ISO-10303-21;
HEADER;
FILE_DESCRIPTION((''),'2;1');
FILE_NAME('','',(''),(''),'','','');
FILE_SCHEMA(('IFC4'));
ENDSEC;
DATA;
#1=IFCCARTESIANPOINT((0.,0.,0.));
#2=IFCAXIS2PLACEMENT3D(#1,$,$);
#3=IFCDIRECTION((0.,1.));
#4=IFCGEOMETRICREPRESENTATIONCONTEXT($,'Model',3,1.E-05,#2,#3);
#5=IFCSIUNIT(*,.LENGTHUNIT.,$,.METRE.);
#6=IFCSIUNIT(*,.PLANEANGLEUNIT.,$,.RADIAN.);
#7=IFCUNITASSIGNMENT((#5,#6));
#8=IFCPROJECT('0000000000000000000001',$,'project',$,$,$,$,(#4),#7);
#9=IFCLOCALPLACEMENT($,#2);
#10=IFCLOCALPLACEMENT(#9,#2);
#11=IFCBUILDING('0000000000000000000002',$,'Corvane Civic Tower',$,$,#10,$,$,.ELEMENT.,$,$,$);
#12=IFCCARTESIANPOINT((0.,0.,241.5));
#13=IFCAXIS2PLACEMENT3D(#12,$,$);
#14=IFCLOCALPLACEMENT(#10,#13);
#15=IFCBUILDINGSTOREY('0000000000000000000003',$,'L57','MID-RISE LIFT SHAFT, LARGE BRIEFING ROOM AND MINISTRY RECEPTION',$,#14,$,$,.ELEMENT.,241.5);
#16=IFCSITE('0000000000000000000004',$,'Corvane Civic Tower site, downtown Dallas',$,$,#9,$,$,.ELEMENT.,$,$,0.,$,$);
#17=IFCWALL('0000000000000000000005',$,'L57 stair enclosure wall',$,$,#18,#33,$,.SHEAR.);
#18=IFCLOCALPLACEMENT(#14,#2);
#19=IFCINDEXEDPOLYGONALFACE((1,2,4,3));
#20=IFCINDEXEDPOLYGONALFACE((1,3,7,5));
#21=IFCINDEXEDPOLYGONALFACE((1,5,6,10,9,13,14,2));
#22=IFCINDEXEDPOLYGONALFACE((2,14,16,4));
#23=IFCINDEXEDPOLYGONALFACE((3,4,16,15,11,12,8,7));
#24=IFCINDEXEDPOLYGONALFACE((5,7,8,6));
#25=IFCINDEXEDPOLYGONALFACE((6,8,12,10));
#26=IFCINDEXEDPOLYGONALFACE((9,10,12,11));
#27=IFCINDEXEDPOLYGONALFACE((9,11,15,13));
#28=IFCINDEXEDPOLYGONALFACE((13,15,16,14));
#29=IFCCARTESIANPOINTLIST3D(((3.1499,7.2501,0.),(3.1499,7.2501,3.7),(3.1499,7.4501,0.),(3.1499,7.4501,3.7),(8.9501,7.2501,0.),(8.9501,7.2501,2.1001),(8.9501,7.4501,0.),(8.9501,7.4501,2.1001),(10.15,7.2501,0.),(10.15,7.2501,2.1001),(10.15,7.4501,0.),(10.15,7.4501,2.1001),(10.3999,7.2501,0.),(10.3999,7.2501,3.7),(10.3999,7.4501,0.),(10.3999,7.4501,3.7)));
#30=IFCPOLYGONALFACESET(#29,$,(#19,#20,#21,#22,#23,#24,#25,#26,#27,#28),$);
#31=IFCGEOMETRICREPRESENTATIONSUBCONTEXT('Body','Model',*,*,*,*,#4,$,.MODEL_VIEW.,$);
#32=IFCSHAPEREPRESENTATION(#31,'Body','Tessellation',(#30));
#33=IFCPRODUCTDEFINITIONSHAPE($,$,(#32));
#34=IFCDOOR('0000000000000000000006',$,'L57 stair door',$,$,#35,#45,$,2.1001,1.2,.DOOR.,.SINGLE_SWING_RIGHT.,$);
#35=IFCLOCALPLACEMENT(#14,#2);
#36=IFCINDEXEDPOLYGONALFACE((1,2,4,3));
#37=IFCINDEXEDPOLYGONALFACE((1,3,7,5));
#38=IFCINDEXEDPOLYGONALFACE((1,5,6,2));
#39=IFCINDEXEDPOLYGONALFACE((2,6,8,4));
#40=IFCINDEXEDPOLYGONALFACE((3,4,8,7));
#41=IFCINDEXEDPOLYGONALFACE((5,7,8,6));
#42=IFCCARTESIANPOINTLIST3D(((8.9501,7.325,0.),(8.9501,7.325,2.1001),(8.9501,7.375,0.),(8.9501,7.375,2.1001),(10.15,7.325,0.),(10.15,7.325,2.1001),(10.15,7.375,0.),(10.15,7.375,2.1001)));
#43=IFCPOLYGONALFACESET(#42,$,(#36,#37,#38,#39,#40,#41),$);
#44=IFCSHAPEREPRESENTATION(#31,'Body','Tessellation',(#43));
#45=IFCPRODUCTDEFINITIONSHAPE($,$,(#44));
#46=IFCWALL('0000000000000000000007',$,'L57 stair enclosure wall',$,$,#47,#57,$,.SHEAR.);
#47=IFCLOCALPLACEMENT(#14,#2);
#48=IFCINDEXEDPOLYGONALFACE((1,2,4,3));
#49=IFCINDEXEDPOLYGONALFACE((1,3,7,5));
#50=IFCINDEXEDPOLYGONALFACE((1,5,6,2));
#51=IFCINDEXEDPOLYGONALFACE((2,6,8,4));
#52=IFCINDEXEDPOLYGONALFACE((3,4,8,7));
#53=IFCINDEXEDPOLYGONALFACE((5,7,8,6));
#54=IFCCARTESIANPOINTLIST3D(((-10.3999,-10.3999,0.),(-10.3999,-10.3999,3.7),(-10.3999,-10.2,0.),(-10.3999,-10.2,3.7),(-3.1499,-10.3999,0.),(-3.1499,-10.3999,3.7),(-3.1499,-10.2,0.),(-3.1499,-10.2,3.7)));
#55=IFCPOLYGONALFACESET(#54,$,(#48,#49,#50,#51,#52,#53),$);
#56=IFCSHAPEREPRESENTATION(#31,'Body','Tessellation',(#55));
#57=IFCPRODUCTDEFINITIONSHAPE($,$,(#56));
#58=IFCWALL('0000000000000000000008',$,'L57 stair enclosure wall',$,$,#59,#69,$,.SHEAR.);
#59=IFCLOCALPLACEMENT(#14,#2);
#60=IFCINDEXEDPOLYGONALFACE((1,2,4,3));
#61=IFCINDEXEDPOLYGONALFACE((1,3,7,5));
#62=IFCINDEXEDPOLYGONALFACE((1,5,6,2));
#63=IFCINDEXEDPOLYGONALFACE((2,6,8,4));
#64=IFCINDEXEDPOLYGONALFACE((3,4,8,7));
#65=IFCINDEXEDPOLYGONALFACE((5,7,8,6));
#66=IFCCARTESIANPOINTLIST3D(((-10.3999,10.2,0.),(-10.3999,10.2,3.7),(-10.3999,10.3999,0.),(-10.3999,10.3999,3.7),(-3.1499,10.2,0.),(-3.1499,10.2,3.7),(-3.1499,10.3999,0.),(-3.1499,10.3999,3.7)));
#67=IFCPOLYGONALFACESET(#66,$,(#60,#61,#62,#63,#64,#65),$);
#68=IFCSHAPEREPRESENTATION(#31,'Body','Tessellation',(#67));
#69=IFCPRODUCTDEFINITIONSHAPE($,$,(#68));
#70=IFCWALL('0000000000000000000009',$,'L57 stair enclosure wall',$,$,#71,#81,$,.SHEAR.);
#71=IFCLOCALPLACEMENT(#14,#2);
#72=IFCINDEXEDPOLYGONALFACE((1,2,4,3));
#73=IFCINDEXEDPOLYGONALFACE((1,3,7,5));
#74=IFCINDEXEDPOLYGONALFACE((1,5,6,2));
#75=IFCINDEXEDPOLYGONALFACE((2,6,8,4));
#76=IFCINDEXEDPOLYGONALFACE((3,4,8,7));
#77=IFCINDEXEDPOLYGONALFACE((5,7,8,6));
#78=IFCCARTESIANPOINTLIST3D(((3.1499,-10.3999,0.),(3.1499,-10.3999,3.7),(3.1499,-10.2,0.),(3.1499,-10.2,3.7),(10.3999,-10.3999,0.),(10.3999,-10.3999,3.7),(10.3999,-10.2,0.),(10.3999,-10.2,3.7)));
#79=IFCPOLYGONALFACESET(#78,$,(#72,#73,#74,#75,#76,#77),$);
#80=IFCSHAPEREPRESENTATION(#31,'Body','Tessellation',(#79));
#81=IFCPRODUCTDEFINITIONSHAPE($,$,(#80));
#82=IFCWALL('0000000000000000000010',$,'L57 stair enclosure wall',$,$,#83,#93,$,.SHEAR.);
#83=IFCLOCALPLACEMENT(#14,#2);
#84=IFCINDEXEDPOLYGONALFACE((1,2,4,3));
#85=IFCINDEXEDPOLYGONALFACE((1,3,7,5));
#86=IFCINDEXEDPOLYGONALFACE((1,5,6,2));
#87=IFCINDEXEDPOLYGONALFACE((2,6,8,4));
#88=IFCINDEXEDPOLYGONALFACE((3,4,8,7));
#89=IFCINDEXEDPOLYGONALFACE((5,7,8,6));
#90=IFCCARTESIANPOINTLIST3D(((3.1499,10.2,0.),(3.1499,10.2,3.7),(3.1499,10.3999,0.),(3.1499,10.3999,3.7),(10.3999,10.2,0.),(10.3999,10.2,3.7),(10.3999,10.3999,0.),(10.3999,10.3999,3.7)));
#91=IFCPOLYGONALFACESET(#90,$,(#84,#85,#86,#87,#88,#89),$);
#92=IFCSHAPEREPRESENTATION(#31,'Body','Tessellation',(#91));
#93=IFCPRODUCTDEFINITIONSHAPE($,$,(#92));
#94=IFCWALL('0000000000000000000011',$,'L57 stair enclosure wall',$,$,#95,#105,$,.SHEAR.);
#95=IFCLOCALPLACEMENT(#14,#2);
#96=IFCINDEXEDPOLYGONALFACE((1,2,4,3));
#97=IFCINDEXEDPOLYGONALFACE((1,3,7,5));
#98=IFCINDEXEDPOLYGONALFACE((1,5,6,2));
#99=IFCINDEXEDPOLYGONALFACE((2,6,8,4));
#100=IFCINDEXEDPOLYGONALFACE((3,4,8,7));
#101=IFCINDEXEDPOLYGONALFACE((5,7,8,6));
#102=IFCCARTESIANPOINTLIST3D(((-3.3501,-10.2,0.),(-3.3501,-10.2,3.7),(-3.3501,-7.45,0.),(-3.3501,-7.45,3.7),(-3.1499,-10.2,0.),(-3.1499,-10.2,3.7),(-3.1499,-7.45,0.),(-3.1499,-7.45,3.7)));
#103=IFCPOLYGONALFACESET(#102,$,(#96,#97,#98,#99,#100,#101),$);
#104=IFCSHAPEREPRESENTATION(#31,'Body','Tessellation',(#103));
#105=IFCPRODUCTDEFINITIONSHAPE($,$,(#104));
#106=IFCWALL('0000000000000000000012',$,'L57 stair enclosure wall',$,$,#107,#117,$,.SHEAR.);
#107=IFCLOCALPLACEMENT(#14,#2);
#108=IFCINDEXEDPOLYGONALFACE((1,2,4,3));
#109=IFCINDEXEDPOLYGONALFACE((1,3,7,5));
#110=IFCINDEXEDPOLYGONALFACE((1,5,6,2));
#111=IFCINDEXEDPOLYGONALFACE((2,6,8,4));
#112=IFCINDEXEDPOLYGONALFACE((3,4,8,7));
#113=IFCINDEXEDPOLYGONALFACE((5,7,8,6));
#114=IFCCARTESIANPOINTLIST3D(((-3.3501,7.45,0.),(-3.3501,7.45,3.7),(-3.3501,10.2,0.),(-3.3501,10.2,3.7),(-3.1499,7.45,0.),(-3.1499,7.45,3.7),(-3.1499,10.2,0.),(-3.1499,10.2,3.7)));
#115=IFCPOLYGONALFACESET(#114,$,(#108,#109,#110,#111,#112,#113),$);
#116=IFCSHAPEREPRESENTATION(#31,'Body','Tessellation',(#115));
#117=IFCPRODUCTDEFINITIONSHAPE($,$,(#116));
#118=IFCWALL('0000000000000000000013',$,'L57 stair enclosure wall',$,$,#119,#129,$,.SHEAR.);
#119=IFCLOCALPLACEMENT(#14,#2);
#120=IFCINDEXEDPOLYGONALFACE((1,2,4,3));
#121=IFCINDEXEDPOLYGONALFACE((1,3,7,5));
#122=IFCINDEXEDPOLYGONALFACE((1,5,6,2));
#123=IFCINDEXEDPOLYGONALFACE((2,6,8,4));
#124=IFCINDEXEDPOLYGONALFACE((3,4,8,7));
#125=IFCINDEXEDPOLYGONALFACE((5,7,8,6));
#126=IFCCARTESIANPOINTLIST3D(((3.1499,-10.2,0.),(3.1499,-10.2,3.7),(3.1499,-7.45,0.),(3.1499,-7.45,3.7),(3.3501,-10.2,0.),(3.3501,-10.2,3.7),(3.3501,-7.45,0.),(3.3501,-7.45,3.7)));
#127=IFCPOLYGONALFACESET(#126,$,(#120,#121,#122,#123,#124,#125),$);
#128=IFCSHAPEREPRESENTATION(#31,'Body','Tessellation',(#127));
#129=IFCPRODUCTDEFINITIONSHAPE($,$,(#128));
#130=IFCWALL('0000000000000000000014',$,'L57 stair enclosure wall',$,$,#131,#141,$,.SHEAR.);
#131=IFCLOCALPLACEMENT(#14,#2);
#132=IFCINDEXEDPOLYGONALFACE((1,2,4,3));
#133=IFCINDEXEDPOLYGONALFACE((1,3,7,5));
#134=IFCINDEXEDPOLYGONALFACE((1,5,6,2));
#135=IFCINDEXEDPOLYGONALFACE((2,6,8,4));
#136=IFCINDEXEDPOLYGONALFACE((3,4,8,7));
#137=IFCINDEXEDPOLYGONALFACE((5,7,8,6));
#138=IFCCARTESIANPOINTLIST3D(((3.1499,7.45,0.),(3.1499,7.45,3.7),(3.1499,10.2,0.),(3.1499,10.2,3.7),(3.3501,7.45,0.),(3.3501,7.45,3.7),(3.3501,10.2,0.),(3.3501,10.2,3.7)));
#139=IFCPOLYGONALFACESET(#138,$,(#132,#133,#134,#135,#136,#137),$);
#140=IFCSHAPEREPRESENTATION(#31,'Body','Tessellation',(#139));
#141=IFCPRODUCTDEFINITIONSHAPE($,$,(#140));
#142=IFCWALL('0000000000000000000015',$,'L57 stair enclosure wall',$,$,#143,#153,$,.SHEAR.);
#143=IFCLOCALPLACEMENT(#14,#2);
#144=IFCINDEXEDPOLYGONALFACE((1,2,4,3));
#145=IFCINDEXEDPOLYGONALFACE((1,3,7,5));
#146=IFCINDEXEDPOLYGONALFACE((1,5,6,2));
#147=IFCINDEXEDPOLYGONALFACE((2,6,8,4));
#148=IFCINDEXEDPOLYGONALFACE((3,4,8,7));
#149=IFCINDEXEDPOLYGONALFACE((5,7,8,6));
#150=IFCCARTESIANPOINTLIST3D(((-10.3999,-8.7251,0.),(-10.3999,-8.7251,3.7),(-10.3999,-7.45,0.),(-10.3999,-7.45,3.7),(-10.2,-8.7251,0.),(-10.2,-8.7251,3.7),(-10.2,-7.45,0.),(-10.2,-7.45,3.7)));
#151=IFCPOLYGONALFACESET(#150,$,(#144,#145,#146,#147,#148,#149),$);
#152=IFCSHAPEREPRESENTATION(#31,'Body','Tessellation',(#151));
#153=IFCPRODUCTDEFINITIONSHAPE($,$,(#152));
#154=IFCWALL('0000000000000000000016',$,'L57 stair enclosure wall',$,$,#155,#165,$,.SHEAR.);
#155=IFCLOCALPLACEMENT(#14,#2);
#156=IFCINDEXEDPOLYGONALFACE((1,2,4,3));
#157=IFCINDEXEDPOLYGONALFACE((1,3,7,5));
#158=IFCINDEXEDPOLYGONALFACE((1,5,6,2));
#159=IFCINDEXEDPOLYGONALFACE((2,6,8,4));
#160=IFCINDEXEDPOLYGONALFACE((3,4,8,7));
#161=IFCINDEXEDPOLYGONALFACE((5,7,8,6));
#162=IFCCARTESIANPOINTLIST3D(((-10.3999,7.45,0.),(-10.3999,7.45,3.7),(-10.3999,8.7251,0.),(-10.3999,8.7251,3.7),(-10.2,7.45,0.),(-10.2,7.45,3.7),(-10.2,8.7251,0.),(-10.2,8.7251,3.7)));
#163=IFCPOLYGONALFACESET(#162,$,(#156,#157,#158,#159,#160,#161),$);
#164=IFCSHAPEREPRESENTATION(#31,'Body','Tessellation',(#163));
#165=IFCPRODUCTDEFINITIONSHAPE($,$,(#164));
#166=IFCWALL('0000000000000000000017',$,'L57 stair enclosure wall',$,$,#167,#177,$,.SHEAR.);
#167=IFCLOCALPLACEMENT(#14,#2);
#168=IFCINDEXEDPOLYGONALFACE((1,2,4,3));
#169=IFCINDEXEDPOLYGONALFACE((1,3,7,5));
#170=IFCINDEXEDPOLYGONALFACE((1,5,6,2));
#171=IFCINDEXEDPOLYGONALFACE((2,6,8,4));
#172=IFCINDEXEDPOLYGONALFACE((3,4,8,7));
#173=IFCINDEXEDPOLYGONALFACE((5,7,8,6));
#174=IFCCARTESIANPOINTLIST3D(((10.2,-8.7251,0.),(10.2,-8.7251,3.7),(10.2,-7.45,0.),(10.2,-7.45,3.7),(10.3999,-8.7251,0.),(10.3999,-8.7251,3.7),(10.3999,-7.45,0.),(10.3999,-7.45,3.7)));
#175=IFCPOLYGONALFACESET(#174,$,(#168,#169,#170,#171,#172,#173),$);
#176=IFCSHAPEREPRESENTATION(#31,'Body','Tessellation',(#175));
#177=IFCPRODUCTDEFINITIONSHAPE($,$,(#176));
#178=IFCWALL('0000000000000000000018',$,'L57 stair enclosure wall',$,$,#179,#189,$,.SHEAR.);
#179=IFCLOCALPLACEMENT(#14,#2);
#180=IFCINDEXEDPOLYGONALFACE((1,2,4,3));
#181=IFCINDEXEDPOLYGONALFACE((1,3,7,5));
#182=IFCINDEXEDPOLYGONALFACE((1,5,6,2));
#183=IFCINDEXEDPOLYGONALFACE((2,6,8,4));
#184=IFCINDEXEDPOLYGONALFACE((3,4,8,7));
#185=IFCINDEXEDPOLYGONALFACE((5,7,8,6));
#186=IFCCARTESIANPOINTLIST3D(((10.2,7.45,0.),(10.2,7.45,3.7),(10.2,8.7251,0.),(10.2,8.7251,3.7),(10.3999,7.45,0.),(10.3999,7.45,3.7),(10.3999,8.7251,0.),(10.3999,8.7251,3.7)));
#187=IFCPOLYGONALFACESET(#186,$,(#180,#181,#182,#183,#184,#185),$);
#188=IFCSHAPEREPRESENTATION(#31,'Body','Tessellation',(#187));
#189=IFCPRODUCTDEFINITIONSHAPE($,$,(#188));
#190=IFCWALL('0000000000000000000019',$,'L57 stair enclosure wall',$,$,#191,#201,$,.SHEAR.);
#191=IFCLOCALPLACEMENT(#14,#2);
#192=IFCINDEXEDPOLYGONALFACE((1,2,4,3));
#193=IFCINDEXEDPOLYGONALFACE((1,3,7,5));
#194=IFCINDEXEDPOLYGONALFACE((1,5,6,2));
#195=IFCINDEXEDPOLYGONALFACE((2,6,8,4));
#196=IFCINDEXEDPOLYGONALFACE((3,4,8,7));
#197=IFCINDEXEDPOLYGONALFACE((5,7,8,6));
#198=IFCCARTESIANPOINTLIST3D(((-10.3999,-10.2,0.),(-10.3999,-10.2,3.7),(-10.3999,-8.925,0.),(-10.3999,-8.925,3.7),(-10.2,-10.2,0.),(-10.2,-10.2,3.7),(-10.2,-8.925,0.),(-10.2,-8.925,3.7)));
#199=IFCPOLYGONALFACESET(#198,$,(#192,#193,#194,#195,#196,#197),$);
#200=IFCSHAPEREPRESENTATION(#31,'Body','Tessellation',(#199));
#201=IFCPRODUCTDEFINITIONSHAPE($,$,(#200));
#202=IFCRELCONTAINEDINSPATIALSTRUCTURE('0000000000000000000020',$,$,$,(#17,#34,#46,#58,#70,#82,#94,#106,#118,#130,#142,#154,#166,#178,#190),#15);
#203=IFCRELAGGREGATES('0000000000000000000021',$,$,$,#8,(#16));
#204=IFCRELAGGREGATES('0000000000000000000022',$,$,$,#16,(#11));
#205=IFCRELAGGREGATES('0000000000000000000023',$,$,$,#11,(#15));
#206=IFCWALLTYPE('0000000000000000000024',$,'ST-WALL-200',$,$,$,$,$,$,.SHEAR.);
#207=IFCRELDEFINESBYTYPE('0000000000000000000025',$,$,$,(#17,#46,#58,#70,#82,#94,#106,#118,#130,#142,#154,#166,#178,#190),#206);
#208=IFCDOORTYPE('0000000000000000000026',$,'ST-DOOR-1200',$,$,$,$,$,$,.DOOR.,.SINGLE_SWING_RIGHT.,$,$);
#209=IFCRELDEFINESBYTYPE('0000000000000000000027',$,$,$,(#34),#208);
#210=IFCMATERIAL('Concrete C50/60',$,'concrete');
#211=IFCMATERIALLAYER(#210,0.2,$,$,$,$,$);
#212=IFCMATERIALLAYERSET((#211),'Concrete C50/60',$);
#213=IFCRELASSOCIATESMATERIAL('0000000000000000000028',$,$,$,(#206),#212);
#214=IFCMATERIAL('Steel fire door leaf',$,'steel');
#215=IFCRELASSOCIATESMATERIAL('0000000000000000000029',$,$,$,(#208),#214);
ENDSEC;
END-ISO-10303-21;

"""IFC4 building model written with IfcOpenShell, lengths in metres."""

from ifc_helpers import new_model, si_unit, direction, frame, frame_2d, origin, place, context, subcontext, project, spatial, polyline, rectangle, outline, extrude, material, layer, layer_set, type_object, element, fill, save


model = new_model("IFC4")

# Units and contexts
model_context = context("Model", 3, precision=1e-05, world=origin(), true_north=direction((0.0, 1.0)))
body_context = subcontext(model_context, "Body", "Model", "MODEL_VIEW")
ifc_project = project(units=[si_unit("LENGTHUNIT", "METRE"), si_unit("PLANEANGLEUNIT", "RADIAN")], contexts=[model_context])

# Site, building, storey
site_placement = place(None, origin())
site = spatial("IfcSite", under=ifc_project, at=site_placement, Name="Corvane Civic Tower site, downtown Dallas", CompositionType="ELEMENT", RefElevation=0.0)
building_placement = place(site_placement, origin())
building = spatial("IfcBuilding", under=site, at=building_placement, Name="Corvane Civic Tower", CompositionType="ELEMENT")
storey_placement = place(building_placement, frame((0.0, 0.0, 241.5)))
storey = spatial("IfcBuildingStorey", under=building, at=storey_placement, Name="L57", Description="MID-RISE LIFT SHAFT, LARGE BRIEFING ROOM AND MINISTRY RECEPTION", CompositionType="ELEMENT", Elevation=241.5)

# Wall, opening, door
ifc_material_1 = material(Name="Concrete C50/60", Category="concrete")
ifc_layer = layer(ifc_material_1, 0.2)
ifc_layer_set = layer_set([ifc_layer], Name="Concrete C50/60")
wall_type = type_object("IfcWallType", Name="ST-WALL-200", PredefinedType="SHEAR", material=ifc_layer_set)
wall_1_placement = place(storey_placement, frame((3.1499, 7.3501, 0.0), z_axis=(0.0, 0.0, 1.0), x_axis=(1.0, 0.0, 0.0)))
wall_1 = element("IfcWall", 1, at=wall_1_placement, inside=storey, type_object=wall_type, Name="L57 stair enclosure wall", PredefinedType="SHEAR", context=body_context, shape_type="SweptSolid", body=[
    extrude(rectangle(XDim=7.25, YDim=0.2, at=frame_2d((3.625, 0.0))), origin(), (0.0, 0.0, 1.0), 3.7),
])
opening_placement = place(wall_1_placement, frame((5.8, 0.0, 0.0)))
opening = element("IfcOpeningElement", 2, at=opening_placement, cuts=wall_1, PredefinedType="OPENING", context=body_context, shape_type="SweptSolid", body=[
    extrude(rectangle(XDim=1.2, YDim=2.1001, at=frame_2d((0.6001, 1.05))), frame((0.0, 0.1099, 0.0), z_axis=(0.0, -1.0, 0.0), x_axis=(1.0, 0.0, 0.0)), (0.0, 0.0, 1.0), 0.22),
])
ifc_material_2 = material(Name="Steel fire door leaf", Category="steel")
door_type = type_object("IfcDoorType", Name="ST-DOOR-1200", OperationType="SINGLE_SWING_RIGHT", PredefinedType="DOOR", material=ifc_material_2)
door_placement = place(opening_placement, origin())
door = element("IfcDoor", 3, at=door_placement, inside=storey, type_object=door_type, Name="L57 stair door", OperationType="SINGLE_SWING_RIGHT", OverallHeight=2.1001, OverallWidth=1.2, PredefinedType="DOOR", context=body_context, shape_type="SweptSolid", body=[
    extrude(rectangle(XDim=1.2, YDim=2.1001, at=frame_2d((0.6001, 1.05))), frame((0.0, 0.0249, 0.0), z_axis=(0.0, -1.0, 0.0), x_axis=(1.0, 0.0, 0.0)), (0.0, 0.0, 1.0), 0.05),
])
fill(opening, door)

# Walls
wall_2_placement = place(storey_placement, origin())
element("IfcWall", 4, at=wall_2_placement, inside=storey, type_object=wall_type, Name="L57 stair enclosure wall", PredefinedType="SHEAR", context=body_context, shape_type="SweptSolid", body=[
    extrude(outline(polyline([(-3.1499, -10.2), (-3.1499, -10.3999), (-10.3999, -10.3999), (-10.3999, -10.2), (-3.1499, -10.2)])), origin(), (0.0, 0.0, 1.0), 3.7),
])
wall_3_placement = place(storey_placement, origin())
element("IfcWall", 5, at=wall_3_placement, inside=storey, type_object=wall_type, Name="L57 stair enclosure wall", PredefinedType="SHEAR", context=body_context, shape_type="SweptSolid", body=[
    extrude(outline(polyline([(-3.1499, 10.2), (-10.3999, 10.2), (-10.3999, 10.3999), (-3.1499, 10.3999), (-3.1499, 10.2)])), origin(), (0.0, 0.0, 1.0), 3.7),
])
wall_4_placement = place(storey_placement, origin())
element("IfcWall", 6, at=wall_4_placement, inside=storey, type_object=wall_type, Name="L57 stair enclosure wall", PredefinedType="SHEAR", context=body_context, shape_type="SweptSolid", body=[
    extrude(outline(polyline([(10.3999, -10.3999), (3.1499, -10.3999), (3.1499, -10.2), (10.3999, -10.2), (10.3999, -10.3999)])), origin(), (0.0, 0.0, 1.0), 3.7),
])
wall_5_placement = place(storey_placement, origin())
element("IfcWall", 7, at=wall_5_placement, inside=storey, type_object=wall_type, Name="L57 stair enclosure wall", PredefinedType="SHEAR", context=body_context, shape_type="SweptSolid", body=[
    extrude(outline(polyline([(10.3999, 10.2), (3.1499, 10.2), (3.1499, 10.3999), (10.3999, 10.3999), (10.3999, 10.2)])), origin(), (0.0, 0.0, 1.0), 3.7),
])
wall_6_placement = place(storey_placement, origin())
element("IfcWall", 8, at=wall_6_placement, inside=storey, type_object=wall_type, Name="L57 stair enclosure wall", PredefinedType="SHEAR", context=body_context, shape_type="SweptSolid", body=[
    extrude(outline(polyline([(-3.1499, -7.45), (-3.1499, -10.2), (-3.3501, -10.2), (-3.3501, -7.45), (-3.1499, -7.45)])), origin(), (0.0, 0.0, 1.0), 3.7),
])
wall_7_placement = place(storey_placement, origin())
element("IfcWall", 9, at=wall_7_placement, inside=storey, type_object=wall_type, Name="L57 stair enclosure wall", PredefinedType="SHEAR", context=body_context, shape_type="SweptSolid", body=[
    extrude(outline(polyline([(-3.1499, 7.45), (-3.3501, 7.45), (-3.3501, 10.2), (-3.1499, 10.2), (-3.1499, 7.45)])), origin(), (0.0, 0.0, 1.0), 3.7),
])
wall_8_placement = place(storey_placement, origin())
element("IfcWall", 10, at=wall_8_placement, inside=storey, type_object=wall_type, Name="L57 stair enclosure wall", PredefinedType="SHEAR", context=body_context, shape_type="SweptSolid", body=[
    extrude(outline(polyline([(3.3501, -7.45), (3.3501, -10.2), (3.1499, -10.2), (3.1499, -7.45), (3.3501, -7.45)])), origin(), (0.0, 0.0, 1.0), 3.7),
])
wall_9_placement = place(storey_placement, origin())
element("IfcWall", 11, at=wall_9_placement, inside=storey, type_object=wall_type, Name="L57 stair enclosure wall", PredefinedType="SHEAR", context=body_context, shape_type="SweptSolid", body=[
    extrude(outline(polyline([(3.3501, 7.45), (3.1499, 7.45), (3.1499, 10.2), (3.3501, 10.2), (3.3501, 7.45)])), origin(), (0.0, 0.0, 1.0), 3.7),
])
wall_10_placement = place(storey_placement, origin())
element("IfcWall", 12, at=wall_10_placement, inside=storey, type_object=wall_type, Name="L57 stair enclosure wall", PredefinedType="SHEAR", context=body_context, shape_type="SweptSolid", body=[
    extrude(outline(polyline([(-10.2, -7.45), (-10.2, -8.7251), (-10.3999, -8.7251), (-10.3999, -7.45), (-10.2, -7.45)])), origin(), (0.0, 0.0, 1.0), 3.7),
])
wall_11_placement = place(storey_placement, origin())
element("IfcWall", 13, at=wall_11_placement, inside=storey, type_object=wall_type, Name="L57 stair enclosure wall", PredefinedType="SHEAR", context=body_context, shape_type="SweptSolid", body=[
    extrude(outline(polyline([(-10.2, 8.7251), (-10.2, 7.45), (-10.3999, 7.45), (-10.3999, 8.7251), (-10.2, 8.7251)])), origin(), (0.0, 0.0, 1.0), 3.7),
])
wall_12_placement = place(storey_placement, origin())
element("IfcWall", 14, at=wall_12_placement, inside=storey, type_object=wall_type, Name="L57 stair enclosure wall", PredefinedType="SHEAR", context=body_context, shape_type="SweptSolid", body=[
    extrude(outline(polyline([(10.3999, -7.45), (10.3999, -8.7251), (10.2, -8.7251), (10.2, -7.45), (10.3999, -7.45)])), origin(), (0.0, 0.0, 1.0), 3.7),
])
wall_13_placement = place(storey_placement, origin())
element("IfcWall", 15, at=wall_13_placement, inside=storey, type_object=wall_type, Name="L57 stair enclosure wall", PredefinedType="SHEAR", context=body_context, shape_type="SweptSolid", body=[
    extrude(outline(polyline([(10.3999, 8.7251), (10.3999, 7.45), (10.2, 7.45), (10.2, 8.7251), (10.3999, 8.7251)])), origin(), (0.0, 0.0, 1.0), 3.7),
])
wall_14_placement = place(storey_placement, origin())
element("IfcWall", 16, at=wall_14_placement, inside=storey, type_object=wall_type, Name="L57 stair enclosure wall", PredefinedType="SHEAR", context=body_context, shape_type="SweptSolid", body=[
    extrude(outline(polyline([(-10.2, -8.925), (-10.2, -10.2), (-10.3999, -10.2), (-10.3999, -8.925), (-10.2, -8.925)])), origin(), (0.0, 0.0, 1.0), 3.7),
])

save(model, "model.ifc")
